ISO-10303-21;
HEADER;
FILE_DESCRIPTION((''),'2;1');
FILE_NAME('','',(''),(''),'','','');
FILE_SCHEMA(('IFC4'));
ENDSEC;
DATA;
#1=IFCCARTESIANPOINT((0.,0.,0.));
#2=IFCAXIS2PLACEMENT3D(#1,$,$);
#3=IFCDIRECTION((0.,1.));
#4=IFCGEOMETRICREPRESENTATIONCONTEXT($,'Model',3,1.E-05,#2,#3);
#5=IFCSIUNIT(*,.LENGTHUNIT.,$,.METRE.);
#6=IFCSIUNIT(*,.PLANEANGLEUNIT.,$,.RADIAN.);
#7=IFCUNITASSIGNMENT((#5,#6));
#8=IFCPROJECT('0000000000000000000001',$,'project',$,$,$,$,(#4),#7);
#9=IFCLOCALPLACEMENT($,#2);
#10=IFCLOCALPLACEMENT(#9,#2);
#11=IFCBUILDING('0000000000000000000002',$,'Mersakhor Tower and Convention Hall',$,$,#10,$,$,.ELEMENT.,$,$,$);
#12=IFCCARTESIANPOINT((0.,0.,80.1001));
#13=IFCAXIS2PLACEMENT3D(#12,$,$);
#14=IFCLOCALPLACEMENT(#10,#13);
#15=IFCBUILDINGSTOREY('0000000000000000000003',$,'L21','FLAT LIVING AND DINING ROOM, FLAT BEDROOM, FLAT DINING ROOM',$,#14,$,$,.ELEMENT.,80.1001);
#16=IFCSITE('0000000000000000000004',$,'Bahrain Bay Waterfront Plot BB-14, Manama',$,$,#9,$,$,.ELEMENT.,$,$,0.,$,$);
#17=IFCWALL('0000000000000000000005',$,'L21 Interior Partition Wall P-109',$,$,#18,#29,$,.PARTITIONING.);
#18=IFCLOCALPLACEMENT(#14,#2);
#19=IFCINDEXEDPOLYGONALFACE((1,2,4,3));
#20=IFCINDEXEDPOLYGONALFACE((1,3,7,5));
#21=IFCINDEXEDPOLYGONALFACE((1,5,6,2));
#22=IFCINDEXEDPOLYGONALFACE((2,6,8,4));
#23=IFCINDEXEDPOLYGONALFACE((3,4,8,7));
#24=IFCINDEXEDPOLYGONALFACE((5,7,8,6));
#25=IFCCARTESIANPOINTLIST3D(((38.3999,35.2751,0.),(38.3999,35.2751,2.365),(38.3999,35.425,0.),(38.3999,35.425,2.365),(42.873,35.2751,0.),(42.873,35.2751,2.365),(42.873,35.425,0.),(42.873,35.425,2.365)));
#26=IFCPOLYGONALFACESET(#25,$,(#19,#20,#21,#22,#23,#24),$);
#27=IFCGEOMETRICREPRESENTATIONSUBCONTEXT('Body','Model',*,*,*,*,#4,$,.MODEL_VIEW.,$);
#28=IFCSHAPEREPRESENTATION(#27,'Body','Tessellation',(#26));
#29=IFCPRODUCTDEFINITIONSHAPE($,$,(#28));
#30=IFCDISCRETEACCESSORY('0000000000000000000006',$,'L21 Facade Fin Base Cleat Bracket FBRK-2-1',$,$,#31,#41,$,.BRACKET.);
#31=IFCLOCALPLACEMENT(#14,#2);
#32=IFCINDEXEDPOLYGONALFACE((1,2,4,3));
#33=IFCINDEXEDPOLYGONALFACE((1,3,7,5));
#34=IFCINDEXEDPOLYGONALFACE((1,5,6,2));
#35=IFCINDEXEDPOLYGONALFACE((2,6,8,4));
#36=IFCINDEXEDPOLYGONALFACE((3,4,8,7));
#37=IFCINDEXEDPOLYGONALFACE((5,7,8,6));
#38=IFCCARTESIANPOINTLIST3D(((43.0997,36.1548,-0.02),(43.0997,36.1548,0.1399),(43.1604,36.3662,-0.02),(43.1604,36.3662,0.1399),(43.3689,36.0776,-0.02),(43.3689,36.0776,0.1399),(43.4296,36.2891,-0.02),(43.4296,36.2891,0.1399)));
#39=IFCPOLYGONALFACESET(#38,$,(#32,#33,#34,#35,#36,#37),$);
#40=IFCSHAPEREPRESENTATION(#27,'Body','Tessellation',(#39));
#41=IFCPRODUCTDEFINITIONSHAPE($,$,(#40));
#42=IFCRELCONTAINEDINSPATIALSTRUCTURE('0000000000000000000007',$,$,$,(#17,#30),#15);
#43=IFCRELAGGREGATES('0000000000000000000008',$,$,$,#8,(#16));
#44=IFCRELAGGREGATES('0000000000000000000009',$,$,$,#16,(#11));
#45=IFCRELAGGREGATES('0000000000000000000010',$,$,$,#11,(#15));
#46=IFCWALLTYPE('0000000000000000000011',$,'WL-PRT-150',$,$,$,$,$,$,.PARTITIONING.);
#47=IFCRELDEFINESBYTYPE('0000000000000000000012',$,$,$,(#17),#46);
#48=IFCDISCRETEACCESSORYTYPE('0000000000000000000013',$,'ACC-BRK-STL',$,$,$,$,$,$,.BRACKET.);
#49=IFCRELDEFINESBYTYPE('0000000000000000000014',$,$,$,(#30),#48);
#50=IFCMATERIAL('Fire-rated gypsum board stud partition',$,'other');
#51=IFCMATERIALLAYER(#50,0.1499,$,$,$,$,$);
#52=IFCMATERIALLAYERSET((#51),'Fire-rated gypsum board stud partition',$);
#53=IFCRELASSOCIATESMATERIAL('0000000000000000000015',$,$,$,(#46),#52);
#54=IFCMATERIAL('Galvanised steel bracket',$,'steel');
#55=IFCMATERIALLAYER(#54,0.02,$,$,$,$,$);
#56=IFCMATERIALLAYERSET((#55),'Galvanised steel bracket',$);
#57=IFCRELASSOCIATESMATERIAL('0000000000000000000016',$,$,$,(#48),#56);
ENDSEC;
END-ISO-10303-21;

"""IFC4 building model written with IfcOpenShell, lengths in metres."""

from ifc_helpers import new_model, si_unit, direction, frame, frame_2d, origin, origin_2d, place, context, subcontext, project, spatial, rectangle, extrude, material, layer, layer_set, type_object, element, save


model = new_model("IFC4")

# Units and contexts
model_context = context("Model", 3, precision=1e-05, world=origin(), true_north=direction((0.0, 1.0)))
body_context = subcontext(model_context, "Body", "Model", "MODEL_VIEW")
ifc_project = project(units=[si_unit("LENGTHUNIT", "METRE"), si_unit("PLANEANGLEUNIT", "RADIAN")], contexts=[model_context])

# Site, building, storey
site_placement = place(None, origin())
site = spatial("IfcSite", under=ifc_project, at=site_placement, Name="Bahrain Bay Waterfront Plot BB-14, Manama", CompositionType="ELEMENT", RefElevation=0.0)
building_placement = place(site_placement, origin())
building = spatial("IfcBuilding", under=site, at=building_placement, Name="Mersakhor Tower and Convention Hall", CompositionType="ELEMENT")
storey_placement = place(building_placement, frame((0.0, 0.0, 80.1001)))
storey = spatial("IfcBuildingStorey", under=building, at=storey_placement, Name="L21", Description="FLAT LIVING AND DINING ROOM, FLAT BEDROOM, FLAT DINING ROOM", CompositionType="ELEMENT", Elevation=80.1001)

# Shared definitions
ifc_material_1 = material(Name="Fire-rated gypsum board stud partition", Category="other")
ifc_layer_1 = layer(ifc_material_1, 0.1499)
ifc_layer_set_1 = layer_set([ifc_layer_1], Name="Fire-rated gypsum board stud partition")
wall_type_1 = type_object("IfcWallType", Name="WL-PRT-150", PredefinedType="PARTITIONING", material=ifc_layer_set_1)

# Wall
wall_1_placement = place(storey_placement, frame((42.873, 35.3501, 0.0), z_axis=(0.0, 0.0, 1.0), x_axis=(-1.0, 0.0, 0.0)))
element("IfcWall", 1, at=wall_1_placement, inside=storey, type_object=wall_type_1, Name="L21 Interior Partition Wall P-109", PredefinedType="PARTITIONING", context=body_context, shape_type="SweptSolid", body=[
    extrude(rectangle(XDim=4.4731, YDim=0.1499, at=frame_2d((2.2366, 0.0))), origin(), (0.0, 0.0, 1.0), 2.365),
])

# Discrete accessory
ifc_material_2 = material(Name="Galvanised steel bracket", Category="steel")
ifc_layer_2 = layer(ifc_material_2, 0.02)
ifc_layer_set_2 = layer_set([ifc_layer_2], Name="Galvanised steel bracket")
discrete_accessory_type = type_object("IfcDiscreteAccessoryType", Name="ACC-BRK-STL", PredefinedType="BRACKET", material=ifc_layer_set_2)
discrete_accessory_placement = place(storey_placement, frame((43.2646, 36.2219, -0.02), z_axis=(0.0, 0.0, 1.0), x_axis=(0.961262, -0.275637, 0.0)))
element("IfcDiscreteAccessory", 2, at=discrete_accessory_placement, inside=storey, type_object=discrete_accessory_type, Name="L21 Facade Fin Base Cleat Bracket FBRK-2-1", PredefinedType="BRACKET", context=body_context, shape_type="SweptSolid", body=[
    extrude(rectangle(XDim=0.28, YDim=0.22, at=origin_2d()), origin(), (0.0, 0.0, 1.0), 0.1599),
])

save(model, "model.ifc")
